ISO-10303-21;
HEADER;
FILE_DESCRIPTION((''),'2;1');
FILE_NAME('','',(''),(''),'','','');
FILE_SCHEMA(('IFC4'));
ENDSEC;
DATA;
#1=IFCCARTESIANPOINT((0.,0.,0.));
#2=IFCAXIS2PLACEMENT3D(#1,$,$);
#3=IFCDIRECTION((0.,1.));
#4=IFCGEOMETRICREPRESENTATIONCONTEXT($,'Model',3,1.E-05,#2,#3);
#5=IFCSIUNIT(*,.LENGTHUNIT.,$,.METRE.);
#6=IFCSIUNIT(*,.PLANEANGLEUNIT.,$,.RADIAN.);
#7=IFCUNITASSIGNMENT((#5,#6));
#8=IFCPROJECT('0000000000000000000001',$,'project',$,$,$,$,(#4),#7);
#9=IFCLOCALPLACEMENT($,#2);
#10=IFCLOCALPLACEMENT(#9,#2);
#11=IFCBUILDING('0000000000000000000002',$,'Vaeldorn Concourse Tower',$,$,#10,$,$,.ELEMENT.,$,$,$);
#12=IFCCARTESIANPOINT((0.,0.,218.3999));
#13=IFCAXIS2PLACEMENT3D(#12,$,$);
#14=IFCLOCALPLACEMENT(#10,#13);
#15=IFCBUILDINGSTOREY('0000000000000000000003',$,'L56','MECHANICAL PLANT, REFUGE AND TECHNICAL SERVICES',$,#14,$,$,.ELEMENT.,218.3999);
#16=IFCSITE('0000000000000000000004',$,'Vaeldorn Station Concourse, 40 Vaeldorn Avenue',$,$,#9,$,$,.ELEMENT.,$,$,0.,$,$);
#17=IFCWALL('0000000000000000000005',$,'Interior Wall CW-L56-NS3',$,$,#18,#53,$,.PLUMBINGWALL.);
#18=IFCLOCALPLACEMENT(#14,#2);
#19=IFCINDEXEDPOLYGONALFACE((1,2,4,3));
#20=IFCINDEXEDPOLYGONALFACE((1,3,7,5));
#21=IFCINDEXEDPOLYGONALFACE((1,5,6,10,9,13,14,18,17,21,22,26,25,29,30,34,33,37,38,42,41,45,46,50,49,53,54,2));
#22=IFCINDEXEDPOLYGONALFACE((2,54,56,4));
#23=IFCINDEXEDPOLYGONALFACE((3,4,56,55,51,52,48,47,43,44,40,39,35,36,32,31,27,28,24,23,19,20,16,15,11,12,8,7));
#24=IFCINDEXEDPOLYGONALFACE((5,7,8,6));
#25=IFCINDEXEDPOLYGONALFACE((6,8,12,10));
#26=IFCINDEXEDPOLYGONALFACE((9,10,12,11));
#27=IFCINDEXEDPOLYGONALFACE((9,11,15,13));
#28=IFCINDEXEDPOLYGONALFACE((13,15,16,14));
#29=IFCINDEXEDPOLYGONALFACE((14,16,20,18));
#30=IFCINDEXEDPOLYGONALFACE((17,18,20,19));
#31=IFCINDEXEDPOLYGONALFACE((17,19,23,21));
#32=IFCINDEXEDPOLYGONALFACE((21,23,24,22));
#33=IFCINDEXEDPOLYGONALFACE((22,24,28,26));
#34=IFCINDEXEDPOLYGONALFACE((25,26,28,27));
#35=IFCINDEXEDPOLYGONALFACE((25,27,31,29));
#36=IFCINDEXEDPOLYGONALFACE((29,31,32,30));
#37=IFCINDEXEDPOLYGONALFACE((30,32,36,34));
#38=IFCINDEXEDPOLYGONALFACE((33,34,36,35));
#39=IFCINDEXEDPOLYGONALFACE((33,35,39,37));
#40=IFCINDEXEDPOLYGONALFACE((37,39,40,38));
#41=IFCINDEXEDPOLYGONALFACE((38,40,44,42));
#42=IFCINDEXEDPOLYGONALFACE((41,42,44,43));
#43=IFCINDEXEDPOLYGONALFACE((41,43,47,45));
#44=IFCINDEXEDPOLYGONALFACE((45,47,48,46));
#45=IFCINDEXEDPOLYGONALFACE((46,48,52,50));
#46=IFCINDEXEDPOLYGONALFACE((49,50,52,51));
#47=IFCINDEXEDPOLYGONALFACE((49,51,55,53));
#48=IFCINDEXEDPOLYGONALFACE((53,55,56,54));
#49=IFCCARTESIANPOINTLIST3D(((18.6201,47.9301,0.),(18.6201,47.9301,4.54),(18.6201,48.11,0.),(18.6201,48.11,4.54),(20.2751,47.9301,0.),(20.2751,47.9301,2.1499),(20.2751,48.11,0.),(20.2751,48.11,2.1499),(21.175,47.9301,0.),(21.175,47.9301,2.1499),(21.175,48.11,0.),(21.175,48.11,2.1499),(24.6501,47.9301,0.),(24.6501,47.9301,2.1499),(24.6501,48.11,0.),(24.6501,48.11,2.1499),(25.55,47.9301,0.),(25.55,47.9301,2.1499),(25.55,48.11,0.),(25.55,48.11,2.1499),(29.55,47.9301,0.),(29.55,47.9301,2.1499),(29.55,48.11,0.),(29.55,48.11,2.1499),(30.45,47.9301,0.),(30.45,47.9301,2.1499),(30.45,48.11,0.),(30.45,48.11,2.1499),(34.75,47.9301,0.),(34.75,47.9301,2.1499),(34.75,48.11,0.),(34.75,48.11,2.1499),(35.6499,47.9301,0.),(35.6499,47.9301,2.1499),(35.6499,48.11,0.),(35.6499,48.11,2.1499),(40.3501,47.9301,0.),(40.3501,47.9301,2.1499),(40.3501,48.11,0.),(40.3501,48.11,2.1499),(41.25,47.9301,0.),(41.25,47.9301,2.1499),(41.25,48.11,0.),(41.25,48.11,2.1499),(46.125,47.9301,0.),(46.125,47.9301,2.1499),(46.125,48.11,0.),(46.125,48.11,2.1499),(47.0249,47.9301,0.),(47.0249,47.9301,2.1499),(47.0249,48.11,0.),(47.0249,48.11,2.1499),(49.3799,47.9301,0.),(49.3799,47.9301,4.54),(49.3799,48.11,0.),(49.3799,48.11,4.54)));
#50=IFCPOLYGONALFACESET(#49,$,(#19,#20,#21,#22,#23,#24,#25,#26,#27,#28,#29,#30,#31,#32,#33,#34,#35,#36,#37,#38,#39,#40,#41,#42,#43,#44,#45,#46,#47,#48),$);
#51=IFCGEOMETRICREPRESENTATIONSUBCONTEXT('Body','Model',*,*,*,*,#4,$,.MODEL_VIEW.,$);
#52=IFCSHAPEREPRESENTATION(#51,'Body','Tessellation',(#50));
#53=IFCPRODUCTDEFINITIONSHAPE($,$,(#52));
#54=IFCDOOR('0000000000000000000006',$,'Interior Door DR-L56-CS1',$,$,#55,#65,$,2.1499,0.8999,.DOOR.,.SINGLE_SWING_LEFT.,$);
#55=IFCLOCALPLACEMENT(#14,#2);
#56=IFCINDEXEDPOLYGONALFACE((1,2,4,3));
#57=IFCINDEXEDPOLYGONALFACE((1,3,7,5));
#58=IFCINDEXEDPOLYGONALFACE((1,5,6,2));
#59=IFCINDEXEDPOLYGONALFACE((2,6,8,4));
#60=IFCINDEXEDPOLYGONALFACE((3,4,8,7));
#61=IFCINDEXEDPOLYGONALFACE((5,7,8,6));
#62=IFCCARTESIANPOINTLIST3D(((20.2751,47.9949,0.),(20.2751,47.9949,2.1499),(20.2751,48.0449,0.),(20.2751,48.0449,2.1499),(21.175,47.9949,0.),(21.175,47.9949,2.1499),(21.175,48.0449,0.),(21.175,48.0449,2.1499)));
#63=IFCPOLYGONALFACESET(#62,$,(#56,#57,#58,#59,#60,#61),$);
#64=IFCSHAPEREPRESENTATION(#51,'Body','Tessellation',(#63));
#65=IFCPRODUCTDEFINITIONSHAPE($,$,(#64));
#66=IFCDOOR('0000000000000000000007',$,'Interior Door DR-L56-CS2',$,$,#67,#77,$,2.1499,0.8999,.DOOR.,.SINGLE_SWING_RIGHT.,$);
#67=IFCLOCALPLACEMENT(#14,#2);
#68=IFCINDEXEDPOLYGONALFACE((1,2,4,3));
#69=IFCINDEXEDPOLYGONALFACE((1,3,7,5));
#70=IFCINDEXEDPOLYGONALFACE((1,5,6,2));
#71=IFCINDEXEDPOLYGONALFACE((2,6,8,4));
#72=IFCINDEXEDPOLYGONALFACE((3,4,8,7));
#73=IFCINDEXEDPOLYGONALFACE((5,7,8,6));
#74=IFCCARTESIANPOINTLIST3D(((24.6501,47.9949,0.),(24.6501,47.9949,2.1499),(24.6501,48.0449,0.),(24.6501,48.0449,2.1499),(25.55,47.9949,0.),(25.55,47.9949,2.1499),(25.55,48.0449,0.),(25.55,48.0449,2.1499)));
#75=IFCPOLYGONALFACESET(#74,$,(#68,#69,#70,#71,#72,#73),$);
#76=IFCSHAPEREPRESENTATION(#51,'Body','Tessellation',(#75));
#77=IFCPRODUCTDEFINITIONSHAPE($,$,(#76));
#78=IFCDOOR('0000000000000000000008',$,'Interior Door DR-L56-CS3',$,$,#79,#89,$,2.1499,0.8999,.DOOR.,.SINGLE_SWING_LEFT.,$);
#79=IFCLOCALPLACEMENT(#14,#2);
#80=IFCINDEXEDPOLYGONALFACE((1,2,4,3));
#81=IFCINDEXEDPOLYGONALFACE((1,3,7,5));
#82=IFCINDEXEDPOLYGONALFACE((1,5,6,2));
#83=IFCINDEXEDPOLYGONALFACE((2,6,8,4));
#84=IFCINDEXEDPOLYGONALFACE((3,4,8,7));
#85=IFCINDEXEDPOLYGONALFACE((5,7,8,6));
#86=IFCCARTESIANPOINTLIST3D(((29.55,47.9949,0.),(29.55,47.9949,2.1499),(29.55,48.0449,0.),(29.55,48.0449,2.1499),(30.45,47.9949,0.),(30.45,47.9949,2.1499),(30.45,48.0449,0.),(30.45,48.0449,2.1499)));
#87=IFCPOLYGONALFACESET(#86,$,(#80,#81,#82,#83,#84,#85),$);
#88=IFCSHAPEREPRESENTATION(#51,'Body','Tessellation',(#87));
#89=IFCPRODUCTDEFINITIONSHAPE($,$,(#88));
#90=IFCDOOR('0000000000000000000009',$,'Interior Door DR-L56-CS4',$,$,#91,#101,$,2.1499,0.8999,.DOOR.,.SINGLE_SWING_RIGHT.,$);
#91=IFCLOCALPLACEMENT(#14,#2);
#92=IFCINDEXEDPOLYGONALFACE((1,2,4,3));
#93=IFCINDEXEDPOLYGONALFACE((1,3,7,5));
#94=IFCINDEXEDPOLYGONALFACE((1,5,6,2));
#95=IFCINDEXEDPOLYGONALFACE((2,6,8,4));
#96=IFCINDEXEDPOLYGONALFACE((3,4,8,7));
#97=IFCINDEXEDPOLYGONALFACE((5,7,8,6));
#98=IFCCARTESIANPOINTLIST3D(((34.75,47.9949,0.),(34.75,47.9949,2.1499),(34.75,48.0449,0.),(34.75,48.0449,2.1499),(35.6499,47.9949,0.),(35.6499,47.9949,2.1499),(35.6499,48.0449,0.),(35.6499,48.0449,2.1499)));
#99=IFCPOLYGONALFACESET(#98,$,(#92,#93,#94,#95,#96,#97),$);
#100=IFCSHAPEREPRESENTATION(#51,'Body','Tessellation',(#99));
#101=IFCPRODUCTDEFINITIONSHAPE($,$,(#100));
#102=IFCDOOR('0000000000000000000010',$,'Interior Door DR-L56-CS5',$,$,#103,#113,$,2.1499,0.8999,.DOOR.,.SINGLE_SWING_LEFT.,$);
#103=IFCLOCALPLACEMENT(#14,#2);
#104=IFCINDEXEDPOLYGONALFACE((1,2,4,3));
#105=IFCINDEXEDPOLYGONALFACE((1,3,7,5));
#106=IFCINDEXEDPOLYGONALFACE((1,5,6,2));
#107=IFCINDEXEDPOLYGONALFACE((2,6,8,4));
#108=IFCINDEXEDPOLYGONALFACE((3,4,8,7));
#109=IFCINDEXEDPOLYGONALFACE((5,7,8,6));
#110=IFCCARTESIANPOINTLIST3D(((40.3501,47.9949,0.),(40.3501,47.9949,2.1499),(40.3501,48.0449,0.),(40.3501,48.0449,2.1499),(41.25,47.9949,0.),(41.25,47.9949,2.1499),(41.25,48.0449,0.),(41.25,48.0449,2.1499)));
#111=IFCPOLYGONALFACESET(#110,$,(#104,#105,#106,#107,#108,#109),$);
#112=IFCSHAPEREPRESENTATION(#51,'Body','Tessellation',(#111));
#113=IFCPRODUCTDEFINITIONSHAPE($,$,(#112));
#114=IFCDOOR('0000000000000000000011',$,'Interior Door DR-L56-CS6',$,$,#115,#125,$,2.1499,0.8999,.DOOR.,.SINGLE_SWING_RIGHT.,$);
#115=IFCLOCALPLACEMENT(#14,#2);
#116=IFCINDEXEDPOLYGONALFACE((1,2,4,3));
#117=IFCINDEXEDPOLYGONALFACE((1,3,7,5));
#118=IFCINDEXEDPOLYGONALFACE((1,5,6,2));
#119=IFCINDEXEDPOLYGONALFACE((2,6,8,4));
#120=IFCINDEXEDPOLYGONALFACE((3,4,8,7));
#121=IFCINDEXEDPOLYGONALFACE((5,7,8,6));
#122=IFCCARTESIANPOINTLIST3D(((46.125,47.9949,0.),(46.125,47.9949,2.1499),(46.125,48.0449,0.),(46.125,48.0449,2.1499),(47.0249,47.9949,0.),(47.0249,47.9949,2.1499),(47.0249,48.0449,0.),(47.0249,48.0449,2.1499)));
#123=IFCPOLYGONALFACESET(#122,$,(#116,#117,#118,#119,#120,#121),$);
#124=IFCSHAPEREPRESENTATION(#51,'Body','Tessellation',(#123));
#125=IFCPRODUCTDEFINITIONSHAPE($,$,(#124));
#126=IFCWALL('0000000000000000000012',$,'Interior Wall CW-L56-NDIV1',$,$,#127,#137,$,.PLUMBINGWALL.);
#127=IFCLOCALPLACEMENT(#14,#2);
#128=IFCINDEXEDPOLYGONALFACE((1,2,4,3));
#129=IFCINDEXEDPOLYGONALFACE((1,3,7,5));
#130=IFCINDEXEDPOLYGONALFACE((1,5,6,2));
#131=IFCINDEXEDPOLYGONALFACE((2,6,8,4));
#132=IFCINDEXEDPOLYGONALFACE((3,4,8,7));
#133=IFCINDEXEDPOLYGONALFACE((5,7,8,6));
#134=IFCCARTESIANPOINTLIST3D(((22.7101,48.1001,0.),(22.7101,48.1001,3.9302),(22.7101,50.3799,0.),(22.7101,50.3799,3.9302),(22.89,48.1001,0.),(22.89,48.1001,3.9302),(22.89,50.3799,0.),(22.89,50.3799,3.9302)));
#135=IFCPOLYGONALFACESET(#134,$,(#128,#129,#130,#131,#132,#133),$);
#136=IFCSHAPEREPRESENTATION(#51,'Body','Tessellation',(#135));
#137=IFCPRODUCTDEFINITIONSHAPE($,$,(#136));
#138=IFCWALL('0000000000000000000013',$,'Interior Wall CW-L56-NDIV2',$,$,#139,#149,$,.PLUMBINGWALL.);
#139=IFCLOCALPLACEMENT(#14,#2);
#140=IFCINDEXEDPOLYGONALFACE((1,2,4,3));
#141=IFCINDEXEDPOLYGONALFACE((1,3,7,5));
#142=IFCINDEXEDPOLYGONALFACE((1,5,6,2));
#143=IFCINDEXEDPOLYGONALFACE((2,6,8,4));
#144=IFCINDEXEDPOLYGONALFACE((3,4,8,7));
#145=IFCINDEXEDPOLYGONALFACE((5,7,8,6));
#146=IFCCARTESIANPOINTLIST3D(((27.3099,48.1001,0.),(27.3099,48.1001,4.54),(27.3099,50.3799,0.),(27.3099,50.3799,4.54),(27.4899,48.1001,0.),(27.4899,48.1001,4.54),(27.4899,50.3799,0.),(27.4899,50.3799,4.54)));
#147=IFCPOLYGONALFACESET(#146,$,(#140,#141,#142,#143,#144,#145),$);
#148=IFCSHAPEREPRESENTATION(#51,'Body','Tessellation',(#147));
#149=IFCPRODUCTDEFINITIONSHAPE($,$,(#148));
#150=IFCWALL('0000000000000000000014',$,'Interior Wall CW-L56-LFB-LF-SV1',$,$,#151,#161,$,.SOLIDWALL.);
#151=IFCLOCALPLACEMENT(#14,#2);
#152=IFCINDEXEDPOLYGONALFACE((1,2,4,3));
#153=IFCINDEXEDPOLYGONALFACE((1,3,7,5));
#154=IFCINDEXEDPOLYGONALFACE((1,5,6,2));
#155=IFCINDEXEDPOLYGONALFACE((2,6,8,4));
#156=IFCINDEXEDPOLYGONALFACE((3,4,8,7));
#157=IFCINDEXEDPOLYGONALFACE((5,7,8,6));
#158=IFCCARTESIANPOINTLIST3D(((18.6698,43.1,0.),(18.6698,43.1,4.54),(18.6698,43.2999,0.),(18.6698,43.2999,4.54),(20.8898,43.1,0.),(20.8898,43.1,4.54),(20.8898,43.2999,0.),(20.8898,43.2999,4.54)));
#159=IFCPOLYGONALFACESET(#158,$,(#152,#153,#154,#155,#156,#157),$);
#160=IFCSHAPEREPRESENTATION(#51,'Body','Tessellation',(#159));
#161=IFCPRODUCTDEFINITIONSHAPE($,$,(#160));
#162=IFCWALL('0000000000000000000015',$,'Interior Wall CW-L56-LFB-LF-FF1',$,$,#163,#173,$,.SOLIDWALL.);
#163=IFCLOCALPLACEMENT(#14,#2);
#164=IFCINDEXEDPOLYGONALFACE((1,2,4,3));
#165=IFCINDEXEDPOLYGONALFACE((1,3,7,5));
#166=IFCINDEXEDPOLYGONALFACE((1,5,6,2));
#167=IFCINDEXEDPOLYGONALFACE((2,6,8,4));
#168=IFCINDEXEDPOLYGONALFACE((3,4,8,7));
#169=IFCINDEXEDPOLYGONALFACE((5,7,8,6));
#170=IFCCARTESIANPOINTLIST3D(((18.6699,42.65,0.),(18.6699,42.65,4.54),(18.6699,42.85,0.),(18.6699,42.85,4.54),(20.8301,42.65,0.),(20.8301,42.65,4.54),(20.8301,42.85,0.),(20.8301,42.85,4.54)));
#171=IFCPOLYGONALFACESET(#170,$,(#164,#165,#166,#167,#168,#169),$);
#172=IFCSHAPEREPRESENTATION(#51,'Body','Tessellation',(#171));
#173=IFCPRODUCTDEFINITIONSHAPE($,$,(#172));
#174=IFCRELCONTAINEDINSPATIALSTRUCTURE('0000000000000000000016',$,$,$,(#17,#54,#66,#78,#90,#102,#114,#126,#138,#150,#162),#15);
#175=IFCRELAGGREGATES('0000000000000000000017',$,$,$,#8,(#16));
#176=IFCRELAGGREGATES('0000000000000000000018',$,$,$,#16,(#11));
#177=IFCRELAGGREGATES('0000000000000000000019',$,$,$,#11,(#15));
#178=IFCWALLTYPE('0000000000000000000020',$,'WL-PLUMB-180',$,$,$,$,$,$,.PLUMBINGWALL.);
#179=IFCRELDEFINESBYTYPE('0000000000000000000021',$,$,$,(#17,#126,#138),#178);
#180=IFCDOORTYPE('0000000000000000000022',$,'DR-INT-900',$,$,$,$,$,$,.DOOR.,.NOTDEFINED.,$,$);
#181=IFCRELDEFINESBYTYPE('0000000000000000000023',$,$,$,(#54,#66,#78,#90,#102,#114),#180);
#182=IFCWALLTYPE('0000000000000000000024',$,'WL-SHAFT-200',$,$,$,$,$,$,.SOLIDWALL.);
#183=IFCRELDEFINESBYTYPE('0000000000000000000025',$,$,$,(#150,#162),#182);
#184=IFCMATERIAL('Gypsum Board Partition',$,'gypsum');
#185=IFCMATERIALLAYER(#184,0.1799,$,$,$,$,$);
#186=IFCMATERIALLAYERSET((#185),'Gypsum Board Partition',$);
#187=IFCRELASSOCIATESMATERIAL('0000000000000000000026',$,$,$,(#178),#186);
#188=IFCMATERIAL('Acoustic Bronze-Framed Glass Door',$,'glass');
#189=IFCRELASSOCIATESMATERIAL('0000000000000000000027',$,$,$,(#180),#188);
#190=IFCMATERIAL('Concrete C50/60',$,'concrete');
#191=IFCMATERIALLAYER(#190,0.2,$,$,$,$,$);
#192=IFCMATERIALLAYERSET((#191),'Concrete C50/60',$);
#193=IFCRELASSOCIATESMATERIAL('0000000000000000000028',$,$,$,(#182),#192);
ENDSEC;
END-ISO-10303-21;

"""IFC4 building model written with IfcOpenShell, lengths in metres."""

from ifc_helpers import new_model, si_unit, direction, frame, frame_2d, origin, place, context, subcontext, project, spatial, rectangle, extrude, source, transform, mapped, material, layer, layer_set, type_object, element, fill, save


model = new_model("IFC4")

# Units and contexts
model_context = context("Model", 3, precision=1e-05, world=origin(), true_north=direction((0.0, 1.0)))
body_context = subcontext(model_context, "Body", "Model", "MODEL_VIEW")
ifc_project = project(units=[si_unit("LENGTHUNIT", "METRE"), si_unit("PLANEANGLEUNIT", "RADIAN")], contexts=[model_context])

# Site, building, storey
site_placement = place(None, origin())
site = spatial("IfcSite", under=ifc_project, at=site_placement, Name="Vaeldorn Station Concourse, 40 Vaeldorn Avenue", CompositionType="ELEMENT", RefElevation=0.0)
building_placement = place(site_placement, origin())
building = spatial("IfcBuilding", under=site, at=building_placement, Name="Vaeldorn Concourse Tower", CompositionType="ELEMENT")
storey_placement = place(building_placement, frame((0.0, 0.0, 218.3999)))
storey = spatial("IfcBuildingStorey", under=building, at=storey_placement, Name="L56", Description="MECHANICAL PLANT, REFUGE AND TECHNICAL SERVICES", CompositionType="ELEMENT", Elevation=218.3999)

# Shared definitions
ifc_material_1 = material(Name="Gypsum Board Partition", Category="gypsum")

# Wall, openings, doors
ifc_layer_1 = layer(ifc_material_1, 0.1799)
ifc_layer_set_1 = layer_set([ifc_layer_1], Name="Gypsum Board Partition")
wall_type_1 = type_object("IfcWallType", Name="WL-PLUMB-180", PredefinedType="PLUMBINGWALL", material=ifc_layer_set_1)
wall_1_placement = place(storey_placement, frame((18.6201, 48.02, 0.0), z_axis=(0.0, 0.0, 1.0), x_axis=(1.0, 0.0, 0.0)))
wall_1 = element("IfcWall", 1, at=wall_1_placement, inside=storey, type_object=wall_type_1, Name="Interior Wall CW-L56-NS3", PredefinedType="PLUMBINGWALL", context=body_context, shape_type="SweptSolid", body=[
    extrude(rectangle(XDim=30.7598, YDim=0.1799, at=frame_2d((15.3799, 0.0))), origin(), (0.0, 0.0, 1.0), 4.54),
])
opening_1_placement = place(wall_1_placement, frame((1.655, 0.0, 0.0)))
opening_1 = element("IfcOpeningElement", 2, at=opening_1_placement, cuts=wall_1, PredefinedType="OPENING", context=body_context, shape_type="SweptSolid", body=[
    extrude(rectangle(XDim=0.8999, YDim=2.1499, at=frame_2d((0.45, 1.075))), frame((0.0, 0.1001, 0.0), z_axis=(0.0, -1.0, 0.0), x_axis=(1.0, 0.0, 0.0)), (0.0, 0.0, 1.0), 0.2),
])
opening_2_placement = place(wall_1_placement, frame((6.03, 0.0, 0.0)))
opening_2 = element("IfcOpeningElement", 3, at=opening_2_placement, cuts=wall_1, PredefinedType="OPENING", context=body_context, shape_type="SweptSolid", body=[
    extrude(rectangle(XDim=0.8999, YDim=2.1499, at=frame_2d((0.45, 1.075))), frame((0.0, 0.1001, 0.0), z_axis=(0.0, -1.0, 0.0), x_axis=(1.0, 0.0, 0.0)), (0.0, 0.0, 1.0), 0.2),
])
opening_3_placement = place(wall_1_placement, frame((10.9299, 0.0, 0.0)))
opening_3 = element("IfcOpeningElement", 4, at=opening_3_placement, cuts=wall_1, PredefinedType="OPENING", context=body_context, shape_type="SweptSolid", body=[
    extrude(rectangle(XDim=0.8999, YDim=2.1499, at=frame_2d((0.45, 1.075))), frame((0.0, 0.1001, 0.0), z_axis=(0.0, -1.0, 0.0), x_axis=(1.0, 0.0, 0.0)), (0.0, 0.0, 1.0), 0.2),
])
opening_4_placement = place(wall_1_placement, frame((16.1299, 0.0, 0.0)))
opening_4 = element("IfcOpeningElement", 5, at=opening_4_placement, cuts=wall_1, PredefinedType="OPENING", context=body_context, shape_type="SweptSolid", body=[
    extrude(rectangle(XDim=0.8999, YDim=2.1499, at=frame_2d((0.45, 1.075))), frame((0.0, 0.1001, 0.0), z_axis=(0.0, -1.0, 0.0), x_axis=(1.0, 0.0, 0.0)), (0.0, 0.0, 1.0), 0.2),
])
opening_5_placement = place(wall_1_placement, frame((21.73, 0.0, 0.0)))
opening_5 = element("IfcOpeningElement", 6, at=opening_5_placement, cuts=wall_1, PredefinedType="OPENING", context=body_context, shape_type="SweptSolid", body=[
    extrude(rectangle(XDim=0.8999, YDim=2.1499, at=frame_2d((0.45, 1.075))), frame((0.0, 0.1001, 0.0), z_axis=(0.0, -1.0, 0.0), x_axis=(1.0, 0.0, 0.0)), (0.0, 0.0, 1.0), 0.2),
])
opening_6_placement = place(wall_1_placement, frame((27.5049, 0.0, 0.0)))
opening_6 = element("IfcOpeningElement", 7, at=opening_6_placement, cuts=wall_1, PredefinedType="OPENING", context=body_context, shape_type="SweptSolid", body=[
    extrude(rectangle(XDim=0.8999, YDim=2.1499, at=frame_2d((0.45, 1.075))), frame((0.0, 0.1001, 0.0), z_axis=(0.0, -1.0, 0.0), x_axis=(1.0, 0.0, 0.0)), (0.0, 0.0, 1.0), 0.2),
])
ifc_material_2 = material(Name="Acoustic Bronze-Framed Glass Door", Category="glass")
door_type_1 = type_object("IfcDoorType", Name="DR-INT-900", OperationType="NOTDEFINED", PredefinedType="DOOR", material=ifc_material_2)
shared_shape_1 = source(origin(), body_context, "Body", "SweptSolid", [
    extrude(rectangle(XDim=0.8999, YDim=2.1499, at=frame_2d((0.45, 1.075))), frame((0.0, 0.0249, 0.0), z_axis=(0.0, -1.0, 0.0), x_axis=(1.0, 0.0, 0.0)), (0.0, 0.0, 1.0), 0.05),
])
door_1_placement = place(opening_1_placement, origin())
door_1 = element("IfcDoor", 8, at=door_1_placement, inside=storey, type_object=door_type_1, Name="Interior Door DR-L56-CS1", OperationType="SINGLE_SWING_LEFT", OverallHeight=2.1499, OverallWidth=0.8999, PredefinedType="DOOR", context=body_context, shape_type="MappedRepresentation", body=[
    mapped(shared_shape_1, transform((0.0, 0.0, 0.0), scale=1.0)),
])
fill(opening_1, door_1)
door_2_placement = place(opening_2_placement, origin())
door_2 = element("IfcDoor", 9, at=door_2_placement, inside=storey, type_object=door_type_1, Name="Interior Door DR-L56-CS2", OperationType="SINGLE_SWING_RIGHT", OverallHeight=2.1499, OverallWidth=0.8999, PredefinedType="DOOR", context=body_context, shape_type="MappedRepresentation", body=[
    mapped(shared_shape_1, transform((0.0, 0.0, 0.0), scale=1.0)),
])
fill(opening_2, door_2)
door_3_placement = place(opening_3_placement, origin())
door_3 = element("IfcDoor", 10, at=door_3_placement, inside=storey, type_object=door_type_1, Name="Interior Door DR-L56-CS3", OperationType="SINGLE_SWING_LEFT", OverallHeight=2.1499, OverallWidth=0.8999, PredefinedType="DOOR", context=body_context, shape_type="MappedRepresentation", body=[
    mapped(shared_shape_1, transform((0.0, 0.0, 0.0), scale=1.0)),
])
fill(opening_3, door_3)
door_4_placement = place(opening_4_placement, origin())
door_4 = element("IfcDoor", 11, at=door_4_placement, inside=storey, type_object=door_type_1, Name="Interior Door DR-L56-CS4", OperationType="SINGLE_SWING_RIGHT", OverallHeight=2.1499, OverallWidth=0.8999, PredefinedType="DOOR", context=body_context, shape_type="MappedRepresentation", body=[
    mapped(shared_shape_1, transform((0.0, 0.0, 0.0), scale=1.0)),
])
fill(opening_4, door_4)
door_5_placement = place(opening_5_placement, origin())
door_5 = element("IfcDoor", 12, at=door_5_placement, inside=storey, type_object=door_type_1, Name="Interior Door DR-L56-CS5", OperationType="SINGLE_SWING_LEFT", OverallHeight=2.1499, OverallWidth=0.8999, PredefinedType="DOOR", context=body_context, shape_type="MappedRepresentation", body=[
    mapped(shared_shape_1, transform((0.0, 0.0, 0.0), scale=1.0)),
])
fill(opening_5, door_5)
door_6_placement = place(opening_6_placement, origin())
door_6 = element("IfcDoor", 13, at=door_6_placement, inside=storey, type_object=door_type_1, Name="Interior Door DR-L56-CS6", OperationType="SINGLE_SWING_RIGHT", OverallHeight=2.1499, OverallWidth=0.8999, PredefinedType="DOOR", context=body_context, shape_type="MappedRepresentation", body=[
    mapped(shared_shape_1, transform((0.0, 0.0, 0.0), scale=1.0)),
])
fill(opening_6, door_6)

# Walls
wall_2_placement = place(storey_placement, frame((22.8, 48.1001, 0.0), z_axis=(0.0, 0.0, 1.0), x_axis=(0.0, 1.0, 0.0)))
element("IfcWall", 14, at=wall_2_placement, inside=storey, type_object=wall_type_1, Name="Interior Wall CW-L56-NDIV1", PredefinedType="PLUMBINGWALL", context=body_context, shape_type="SweptSolid", body=[
    extrude(rectangle(XDim=2.2798, YDim=0.1799, at=frame_2d((1.1399, 0.0))), origin(), (0.0, 0.0, 1.0), 3.9302),
])
wall_3_placement = place(storey_placement, frame((27.3999, 48.1001, 0.0), z_axis=(0.0, 0.0, 1.0), x_axis=(0.0, 1.0, 0.0)))
element("IfcWall", 15, at=wall_3_placement, inside=storey, type_object=wall_type_1, Name="Interior Wall CW-L56-NDIV2", PredefinedType="PLUMBINGWALL", context=body_context, shape_type="SweptSolid", body=[
    extrude(rectangle(XDim=2.2798, YDim=0.1799, at=frame_2d((1.1399, 0.0))), origin(), (0.0, 0.0, 1.0), 4.54),
])

# Shared definitions
ifc_material_3 = material(Name="Concrete C50/60", Category="concrete")
ifc_layer_2 = layer(ifc_material_3, 0.2)
ifc_layer_set_2 = layer_set([ifc_layer_2], Name="Concrete C50/60")
wall_type_2 = type_object("IfcWallType", Name="WL-SHAFT-200", PredefinedType="SOLIDWALL", material=ifc_layer_set_2)

# Walls
wall_4_placement = place(storey_placement, frame((18.6699, 43.2, 0.0), z_axis=(0.0, 0.0, 1.0), x_axis=(1.0, 0.0, 0.0)))
element("IfcWall", 16, at=wall_4_placement, inside=storey, type_object=wall_type_2, Name="Interior Wall CW-L56-LFB-LF-SV1", PredefinedType="SOLIDWALL", context=body_context, shape_type="SweptSolid", body=[
    extrude(rectangle(XDim=2.22, YDim=0.2, at=frame_2d((1.1099, 0.0))), origin(), (0.0, 0.0, 1.0), 4.54),
])
wall_5_placement = place(storey_placement, frame((18.6699, 42.75, 0.0), z_axis=(0.0, 0.0, 1.0), x_axis=(1.0, 0.0, 0.0)))
element("IfcWall", 17, at=wall_5_placement, inside=storey, type_object=wall_type_2, Name="Interior Wall CW-L56-LFB-LF-FF1", PredefinedType="SOLIDWALL", context=body_context, shape_type="SweptSolid", body=[
    extrude(rectangle(XDim=2.1602, YDim=0.2, at=frame_2d((1.0801, 0.0))), origin(), (0.0, 0.0, 1.0), 4.54),
])

save(model, "model.ifc")
